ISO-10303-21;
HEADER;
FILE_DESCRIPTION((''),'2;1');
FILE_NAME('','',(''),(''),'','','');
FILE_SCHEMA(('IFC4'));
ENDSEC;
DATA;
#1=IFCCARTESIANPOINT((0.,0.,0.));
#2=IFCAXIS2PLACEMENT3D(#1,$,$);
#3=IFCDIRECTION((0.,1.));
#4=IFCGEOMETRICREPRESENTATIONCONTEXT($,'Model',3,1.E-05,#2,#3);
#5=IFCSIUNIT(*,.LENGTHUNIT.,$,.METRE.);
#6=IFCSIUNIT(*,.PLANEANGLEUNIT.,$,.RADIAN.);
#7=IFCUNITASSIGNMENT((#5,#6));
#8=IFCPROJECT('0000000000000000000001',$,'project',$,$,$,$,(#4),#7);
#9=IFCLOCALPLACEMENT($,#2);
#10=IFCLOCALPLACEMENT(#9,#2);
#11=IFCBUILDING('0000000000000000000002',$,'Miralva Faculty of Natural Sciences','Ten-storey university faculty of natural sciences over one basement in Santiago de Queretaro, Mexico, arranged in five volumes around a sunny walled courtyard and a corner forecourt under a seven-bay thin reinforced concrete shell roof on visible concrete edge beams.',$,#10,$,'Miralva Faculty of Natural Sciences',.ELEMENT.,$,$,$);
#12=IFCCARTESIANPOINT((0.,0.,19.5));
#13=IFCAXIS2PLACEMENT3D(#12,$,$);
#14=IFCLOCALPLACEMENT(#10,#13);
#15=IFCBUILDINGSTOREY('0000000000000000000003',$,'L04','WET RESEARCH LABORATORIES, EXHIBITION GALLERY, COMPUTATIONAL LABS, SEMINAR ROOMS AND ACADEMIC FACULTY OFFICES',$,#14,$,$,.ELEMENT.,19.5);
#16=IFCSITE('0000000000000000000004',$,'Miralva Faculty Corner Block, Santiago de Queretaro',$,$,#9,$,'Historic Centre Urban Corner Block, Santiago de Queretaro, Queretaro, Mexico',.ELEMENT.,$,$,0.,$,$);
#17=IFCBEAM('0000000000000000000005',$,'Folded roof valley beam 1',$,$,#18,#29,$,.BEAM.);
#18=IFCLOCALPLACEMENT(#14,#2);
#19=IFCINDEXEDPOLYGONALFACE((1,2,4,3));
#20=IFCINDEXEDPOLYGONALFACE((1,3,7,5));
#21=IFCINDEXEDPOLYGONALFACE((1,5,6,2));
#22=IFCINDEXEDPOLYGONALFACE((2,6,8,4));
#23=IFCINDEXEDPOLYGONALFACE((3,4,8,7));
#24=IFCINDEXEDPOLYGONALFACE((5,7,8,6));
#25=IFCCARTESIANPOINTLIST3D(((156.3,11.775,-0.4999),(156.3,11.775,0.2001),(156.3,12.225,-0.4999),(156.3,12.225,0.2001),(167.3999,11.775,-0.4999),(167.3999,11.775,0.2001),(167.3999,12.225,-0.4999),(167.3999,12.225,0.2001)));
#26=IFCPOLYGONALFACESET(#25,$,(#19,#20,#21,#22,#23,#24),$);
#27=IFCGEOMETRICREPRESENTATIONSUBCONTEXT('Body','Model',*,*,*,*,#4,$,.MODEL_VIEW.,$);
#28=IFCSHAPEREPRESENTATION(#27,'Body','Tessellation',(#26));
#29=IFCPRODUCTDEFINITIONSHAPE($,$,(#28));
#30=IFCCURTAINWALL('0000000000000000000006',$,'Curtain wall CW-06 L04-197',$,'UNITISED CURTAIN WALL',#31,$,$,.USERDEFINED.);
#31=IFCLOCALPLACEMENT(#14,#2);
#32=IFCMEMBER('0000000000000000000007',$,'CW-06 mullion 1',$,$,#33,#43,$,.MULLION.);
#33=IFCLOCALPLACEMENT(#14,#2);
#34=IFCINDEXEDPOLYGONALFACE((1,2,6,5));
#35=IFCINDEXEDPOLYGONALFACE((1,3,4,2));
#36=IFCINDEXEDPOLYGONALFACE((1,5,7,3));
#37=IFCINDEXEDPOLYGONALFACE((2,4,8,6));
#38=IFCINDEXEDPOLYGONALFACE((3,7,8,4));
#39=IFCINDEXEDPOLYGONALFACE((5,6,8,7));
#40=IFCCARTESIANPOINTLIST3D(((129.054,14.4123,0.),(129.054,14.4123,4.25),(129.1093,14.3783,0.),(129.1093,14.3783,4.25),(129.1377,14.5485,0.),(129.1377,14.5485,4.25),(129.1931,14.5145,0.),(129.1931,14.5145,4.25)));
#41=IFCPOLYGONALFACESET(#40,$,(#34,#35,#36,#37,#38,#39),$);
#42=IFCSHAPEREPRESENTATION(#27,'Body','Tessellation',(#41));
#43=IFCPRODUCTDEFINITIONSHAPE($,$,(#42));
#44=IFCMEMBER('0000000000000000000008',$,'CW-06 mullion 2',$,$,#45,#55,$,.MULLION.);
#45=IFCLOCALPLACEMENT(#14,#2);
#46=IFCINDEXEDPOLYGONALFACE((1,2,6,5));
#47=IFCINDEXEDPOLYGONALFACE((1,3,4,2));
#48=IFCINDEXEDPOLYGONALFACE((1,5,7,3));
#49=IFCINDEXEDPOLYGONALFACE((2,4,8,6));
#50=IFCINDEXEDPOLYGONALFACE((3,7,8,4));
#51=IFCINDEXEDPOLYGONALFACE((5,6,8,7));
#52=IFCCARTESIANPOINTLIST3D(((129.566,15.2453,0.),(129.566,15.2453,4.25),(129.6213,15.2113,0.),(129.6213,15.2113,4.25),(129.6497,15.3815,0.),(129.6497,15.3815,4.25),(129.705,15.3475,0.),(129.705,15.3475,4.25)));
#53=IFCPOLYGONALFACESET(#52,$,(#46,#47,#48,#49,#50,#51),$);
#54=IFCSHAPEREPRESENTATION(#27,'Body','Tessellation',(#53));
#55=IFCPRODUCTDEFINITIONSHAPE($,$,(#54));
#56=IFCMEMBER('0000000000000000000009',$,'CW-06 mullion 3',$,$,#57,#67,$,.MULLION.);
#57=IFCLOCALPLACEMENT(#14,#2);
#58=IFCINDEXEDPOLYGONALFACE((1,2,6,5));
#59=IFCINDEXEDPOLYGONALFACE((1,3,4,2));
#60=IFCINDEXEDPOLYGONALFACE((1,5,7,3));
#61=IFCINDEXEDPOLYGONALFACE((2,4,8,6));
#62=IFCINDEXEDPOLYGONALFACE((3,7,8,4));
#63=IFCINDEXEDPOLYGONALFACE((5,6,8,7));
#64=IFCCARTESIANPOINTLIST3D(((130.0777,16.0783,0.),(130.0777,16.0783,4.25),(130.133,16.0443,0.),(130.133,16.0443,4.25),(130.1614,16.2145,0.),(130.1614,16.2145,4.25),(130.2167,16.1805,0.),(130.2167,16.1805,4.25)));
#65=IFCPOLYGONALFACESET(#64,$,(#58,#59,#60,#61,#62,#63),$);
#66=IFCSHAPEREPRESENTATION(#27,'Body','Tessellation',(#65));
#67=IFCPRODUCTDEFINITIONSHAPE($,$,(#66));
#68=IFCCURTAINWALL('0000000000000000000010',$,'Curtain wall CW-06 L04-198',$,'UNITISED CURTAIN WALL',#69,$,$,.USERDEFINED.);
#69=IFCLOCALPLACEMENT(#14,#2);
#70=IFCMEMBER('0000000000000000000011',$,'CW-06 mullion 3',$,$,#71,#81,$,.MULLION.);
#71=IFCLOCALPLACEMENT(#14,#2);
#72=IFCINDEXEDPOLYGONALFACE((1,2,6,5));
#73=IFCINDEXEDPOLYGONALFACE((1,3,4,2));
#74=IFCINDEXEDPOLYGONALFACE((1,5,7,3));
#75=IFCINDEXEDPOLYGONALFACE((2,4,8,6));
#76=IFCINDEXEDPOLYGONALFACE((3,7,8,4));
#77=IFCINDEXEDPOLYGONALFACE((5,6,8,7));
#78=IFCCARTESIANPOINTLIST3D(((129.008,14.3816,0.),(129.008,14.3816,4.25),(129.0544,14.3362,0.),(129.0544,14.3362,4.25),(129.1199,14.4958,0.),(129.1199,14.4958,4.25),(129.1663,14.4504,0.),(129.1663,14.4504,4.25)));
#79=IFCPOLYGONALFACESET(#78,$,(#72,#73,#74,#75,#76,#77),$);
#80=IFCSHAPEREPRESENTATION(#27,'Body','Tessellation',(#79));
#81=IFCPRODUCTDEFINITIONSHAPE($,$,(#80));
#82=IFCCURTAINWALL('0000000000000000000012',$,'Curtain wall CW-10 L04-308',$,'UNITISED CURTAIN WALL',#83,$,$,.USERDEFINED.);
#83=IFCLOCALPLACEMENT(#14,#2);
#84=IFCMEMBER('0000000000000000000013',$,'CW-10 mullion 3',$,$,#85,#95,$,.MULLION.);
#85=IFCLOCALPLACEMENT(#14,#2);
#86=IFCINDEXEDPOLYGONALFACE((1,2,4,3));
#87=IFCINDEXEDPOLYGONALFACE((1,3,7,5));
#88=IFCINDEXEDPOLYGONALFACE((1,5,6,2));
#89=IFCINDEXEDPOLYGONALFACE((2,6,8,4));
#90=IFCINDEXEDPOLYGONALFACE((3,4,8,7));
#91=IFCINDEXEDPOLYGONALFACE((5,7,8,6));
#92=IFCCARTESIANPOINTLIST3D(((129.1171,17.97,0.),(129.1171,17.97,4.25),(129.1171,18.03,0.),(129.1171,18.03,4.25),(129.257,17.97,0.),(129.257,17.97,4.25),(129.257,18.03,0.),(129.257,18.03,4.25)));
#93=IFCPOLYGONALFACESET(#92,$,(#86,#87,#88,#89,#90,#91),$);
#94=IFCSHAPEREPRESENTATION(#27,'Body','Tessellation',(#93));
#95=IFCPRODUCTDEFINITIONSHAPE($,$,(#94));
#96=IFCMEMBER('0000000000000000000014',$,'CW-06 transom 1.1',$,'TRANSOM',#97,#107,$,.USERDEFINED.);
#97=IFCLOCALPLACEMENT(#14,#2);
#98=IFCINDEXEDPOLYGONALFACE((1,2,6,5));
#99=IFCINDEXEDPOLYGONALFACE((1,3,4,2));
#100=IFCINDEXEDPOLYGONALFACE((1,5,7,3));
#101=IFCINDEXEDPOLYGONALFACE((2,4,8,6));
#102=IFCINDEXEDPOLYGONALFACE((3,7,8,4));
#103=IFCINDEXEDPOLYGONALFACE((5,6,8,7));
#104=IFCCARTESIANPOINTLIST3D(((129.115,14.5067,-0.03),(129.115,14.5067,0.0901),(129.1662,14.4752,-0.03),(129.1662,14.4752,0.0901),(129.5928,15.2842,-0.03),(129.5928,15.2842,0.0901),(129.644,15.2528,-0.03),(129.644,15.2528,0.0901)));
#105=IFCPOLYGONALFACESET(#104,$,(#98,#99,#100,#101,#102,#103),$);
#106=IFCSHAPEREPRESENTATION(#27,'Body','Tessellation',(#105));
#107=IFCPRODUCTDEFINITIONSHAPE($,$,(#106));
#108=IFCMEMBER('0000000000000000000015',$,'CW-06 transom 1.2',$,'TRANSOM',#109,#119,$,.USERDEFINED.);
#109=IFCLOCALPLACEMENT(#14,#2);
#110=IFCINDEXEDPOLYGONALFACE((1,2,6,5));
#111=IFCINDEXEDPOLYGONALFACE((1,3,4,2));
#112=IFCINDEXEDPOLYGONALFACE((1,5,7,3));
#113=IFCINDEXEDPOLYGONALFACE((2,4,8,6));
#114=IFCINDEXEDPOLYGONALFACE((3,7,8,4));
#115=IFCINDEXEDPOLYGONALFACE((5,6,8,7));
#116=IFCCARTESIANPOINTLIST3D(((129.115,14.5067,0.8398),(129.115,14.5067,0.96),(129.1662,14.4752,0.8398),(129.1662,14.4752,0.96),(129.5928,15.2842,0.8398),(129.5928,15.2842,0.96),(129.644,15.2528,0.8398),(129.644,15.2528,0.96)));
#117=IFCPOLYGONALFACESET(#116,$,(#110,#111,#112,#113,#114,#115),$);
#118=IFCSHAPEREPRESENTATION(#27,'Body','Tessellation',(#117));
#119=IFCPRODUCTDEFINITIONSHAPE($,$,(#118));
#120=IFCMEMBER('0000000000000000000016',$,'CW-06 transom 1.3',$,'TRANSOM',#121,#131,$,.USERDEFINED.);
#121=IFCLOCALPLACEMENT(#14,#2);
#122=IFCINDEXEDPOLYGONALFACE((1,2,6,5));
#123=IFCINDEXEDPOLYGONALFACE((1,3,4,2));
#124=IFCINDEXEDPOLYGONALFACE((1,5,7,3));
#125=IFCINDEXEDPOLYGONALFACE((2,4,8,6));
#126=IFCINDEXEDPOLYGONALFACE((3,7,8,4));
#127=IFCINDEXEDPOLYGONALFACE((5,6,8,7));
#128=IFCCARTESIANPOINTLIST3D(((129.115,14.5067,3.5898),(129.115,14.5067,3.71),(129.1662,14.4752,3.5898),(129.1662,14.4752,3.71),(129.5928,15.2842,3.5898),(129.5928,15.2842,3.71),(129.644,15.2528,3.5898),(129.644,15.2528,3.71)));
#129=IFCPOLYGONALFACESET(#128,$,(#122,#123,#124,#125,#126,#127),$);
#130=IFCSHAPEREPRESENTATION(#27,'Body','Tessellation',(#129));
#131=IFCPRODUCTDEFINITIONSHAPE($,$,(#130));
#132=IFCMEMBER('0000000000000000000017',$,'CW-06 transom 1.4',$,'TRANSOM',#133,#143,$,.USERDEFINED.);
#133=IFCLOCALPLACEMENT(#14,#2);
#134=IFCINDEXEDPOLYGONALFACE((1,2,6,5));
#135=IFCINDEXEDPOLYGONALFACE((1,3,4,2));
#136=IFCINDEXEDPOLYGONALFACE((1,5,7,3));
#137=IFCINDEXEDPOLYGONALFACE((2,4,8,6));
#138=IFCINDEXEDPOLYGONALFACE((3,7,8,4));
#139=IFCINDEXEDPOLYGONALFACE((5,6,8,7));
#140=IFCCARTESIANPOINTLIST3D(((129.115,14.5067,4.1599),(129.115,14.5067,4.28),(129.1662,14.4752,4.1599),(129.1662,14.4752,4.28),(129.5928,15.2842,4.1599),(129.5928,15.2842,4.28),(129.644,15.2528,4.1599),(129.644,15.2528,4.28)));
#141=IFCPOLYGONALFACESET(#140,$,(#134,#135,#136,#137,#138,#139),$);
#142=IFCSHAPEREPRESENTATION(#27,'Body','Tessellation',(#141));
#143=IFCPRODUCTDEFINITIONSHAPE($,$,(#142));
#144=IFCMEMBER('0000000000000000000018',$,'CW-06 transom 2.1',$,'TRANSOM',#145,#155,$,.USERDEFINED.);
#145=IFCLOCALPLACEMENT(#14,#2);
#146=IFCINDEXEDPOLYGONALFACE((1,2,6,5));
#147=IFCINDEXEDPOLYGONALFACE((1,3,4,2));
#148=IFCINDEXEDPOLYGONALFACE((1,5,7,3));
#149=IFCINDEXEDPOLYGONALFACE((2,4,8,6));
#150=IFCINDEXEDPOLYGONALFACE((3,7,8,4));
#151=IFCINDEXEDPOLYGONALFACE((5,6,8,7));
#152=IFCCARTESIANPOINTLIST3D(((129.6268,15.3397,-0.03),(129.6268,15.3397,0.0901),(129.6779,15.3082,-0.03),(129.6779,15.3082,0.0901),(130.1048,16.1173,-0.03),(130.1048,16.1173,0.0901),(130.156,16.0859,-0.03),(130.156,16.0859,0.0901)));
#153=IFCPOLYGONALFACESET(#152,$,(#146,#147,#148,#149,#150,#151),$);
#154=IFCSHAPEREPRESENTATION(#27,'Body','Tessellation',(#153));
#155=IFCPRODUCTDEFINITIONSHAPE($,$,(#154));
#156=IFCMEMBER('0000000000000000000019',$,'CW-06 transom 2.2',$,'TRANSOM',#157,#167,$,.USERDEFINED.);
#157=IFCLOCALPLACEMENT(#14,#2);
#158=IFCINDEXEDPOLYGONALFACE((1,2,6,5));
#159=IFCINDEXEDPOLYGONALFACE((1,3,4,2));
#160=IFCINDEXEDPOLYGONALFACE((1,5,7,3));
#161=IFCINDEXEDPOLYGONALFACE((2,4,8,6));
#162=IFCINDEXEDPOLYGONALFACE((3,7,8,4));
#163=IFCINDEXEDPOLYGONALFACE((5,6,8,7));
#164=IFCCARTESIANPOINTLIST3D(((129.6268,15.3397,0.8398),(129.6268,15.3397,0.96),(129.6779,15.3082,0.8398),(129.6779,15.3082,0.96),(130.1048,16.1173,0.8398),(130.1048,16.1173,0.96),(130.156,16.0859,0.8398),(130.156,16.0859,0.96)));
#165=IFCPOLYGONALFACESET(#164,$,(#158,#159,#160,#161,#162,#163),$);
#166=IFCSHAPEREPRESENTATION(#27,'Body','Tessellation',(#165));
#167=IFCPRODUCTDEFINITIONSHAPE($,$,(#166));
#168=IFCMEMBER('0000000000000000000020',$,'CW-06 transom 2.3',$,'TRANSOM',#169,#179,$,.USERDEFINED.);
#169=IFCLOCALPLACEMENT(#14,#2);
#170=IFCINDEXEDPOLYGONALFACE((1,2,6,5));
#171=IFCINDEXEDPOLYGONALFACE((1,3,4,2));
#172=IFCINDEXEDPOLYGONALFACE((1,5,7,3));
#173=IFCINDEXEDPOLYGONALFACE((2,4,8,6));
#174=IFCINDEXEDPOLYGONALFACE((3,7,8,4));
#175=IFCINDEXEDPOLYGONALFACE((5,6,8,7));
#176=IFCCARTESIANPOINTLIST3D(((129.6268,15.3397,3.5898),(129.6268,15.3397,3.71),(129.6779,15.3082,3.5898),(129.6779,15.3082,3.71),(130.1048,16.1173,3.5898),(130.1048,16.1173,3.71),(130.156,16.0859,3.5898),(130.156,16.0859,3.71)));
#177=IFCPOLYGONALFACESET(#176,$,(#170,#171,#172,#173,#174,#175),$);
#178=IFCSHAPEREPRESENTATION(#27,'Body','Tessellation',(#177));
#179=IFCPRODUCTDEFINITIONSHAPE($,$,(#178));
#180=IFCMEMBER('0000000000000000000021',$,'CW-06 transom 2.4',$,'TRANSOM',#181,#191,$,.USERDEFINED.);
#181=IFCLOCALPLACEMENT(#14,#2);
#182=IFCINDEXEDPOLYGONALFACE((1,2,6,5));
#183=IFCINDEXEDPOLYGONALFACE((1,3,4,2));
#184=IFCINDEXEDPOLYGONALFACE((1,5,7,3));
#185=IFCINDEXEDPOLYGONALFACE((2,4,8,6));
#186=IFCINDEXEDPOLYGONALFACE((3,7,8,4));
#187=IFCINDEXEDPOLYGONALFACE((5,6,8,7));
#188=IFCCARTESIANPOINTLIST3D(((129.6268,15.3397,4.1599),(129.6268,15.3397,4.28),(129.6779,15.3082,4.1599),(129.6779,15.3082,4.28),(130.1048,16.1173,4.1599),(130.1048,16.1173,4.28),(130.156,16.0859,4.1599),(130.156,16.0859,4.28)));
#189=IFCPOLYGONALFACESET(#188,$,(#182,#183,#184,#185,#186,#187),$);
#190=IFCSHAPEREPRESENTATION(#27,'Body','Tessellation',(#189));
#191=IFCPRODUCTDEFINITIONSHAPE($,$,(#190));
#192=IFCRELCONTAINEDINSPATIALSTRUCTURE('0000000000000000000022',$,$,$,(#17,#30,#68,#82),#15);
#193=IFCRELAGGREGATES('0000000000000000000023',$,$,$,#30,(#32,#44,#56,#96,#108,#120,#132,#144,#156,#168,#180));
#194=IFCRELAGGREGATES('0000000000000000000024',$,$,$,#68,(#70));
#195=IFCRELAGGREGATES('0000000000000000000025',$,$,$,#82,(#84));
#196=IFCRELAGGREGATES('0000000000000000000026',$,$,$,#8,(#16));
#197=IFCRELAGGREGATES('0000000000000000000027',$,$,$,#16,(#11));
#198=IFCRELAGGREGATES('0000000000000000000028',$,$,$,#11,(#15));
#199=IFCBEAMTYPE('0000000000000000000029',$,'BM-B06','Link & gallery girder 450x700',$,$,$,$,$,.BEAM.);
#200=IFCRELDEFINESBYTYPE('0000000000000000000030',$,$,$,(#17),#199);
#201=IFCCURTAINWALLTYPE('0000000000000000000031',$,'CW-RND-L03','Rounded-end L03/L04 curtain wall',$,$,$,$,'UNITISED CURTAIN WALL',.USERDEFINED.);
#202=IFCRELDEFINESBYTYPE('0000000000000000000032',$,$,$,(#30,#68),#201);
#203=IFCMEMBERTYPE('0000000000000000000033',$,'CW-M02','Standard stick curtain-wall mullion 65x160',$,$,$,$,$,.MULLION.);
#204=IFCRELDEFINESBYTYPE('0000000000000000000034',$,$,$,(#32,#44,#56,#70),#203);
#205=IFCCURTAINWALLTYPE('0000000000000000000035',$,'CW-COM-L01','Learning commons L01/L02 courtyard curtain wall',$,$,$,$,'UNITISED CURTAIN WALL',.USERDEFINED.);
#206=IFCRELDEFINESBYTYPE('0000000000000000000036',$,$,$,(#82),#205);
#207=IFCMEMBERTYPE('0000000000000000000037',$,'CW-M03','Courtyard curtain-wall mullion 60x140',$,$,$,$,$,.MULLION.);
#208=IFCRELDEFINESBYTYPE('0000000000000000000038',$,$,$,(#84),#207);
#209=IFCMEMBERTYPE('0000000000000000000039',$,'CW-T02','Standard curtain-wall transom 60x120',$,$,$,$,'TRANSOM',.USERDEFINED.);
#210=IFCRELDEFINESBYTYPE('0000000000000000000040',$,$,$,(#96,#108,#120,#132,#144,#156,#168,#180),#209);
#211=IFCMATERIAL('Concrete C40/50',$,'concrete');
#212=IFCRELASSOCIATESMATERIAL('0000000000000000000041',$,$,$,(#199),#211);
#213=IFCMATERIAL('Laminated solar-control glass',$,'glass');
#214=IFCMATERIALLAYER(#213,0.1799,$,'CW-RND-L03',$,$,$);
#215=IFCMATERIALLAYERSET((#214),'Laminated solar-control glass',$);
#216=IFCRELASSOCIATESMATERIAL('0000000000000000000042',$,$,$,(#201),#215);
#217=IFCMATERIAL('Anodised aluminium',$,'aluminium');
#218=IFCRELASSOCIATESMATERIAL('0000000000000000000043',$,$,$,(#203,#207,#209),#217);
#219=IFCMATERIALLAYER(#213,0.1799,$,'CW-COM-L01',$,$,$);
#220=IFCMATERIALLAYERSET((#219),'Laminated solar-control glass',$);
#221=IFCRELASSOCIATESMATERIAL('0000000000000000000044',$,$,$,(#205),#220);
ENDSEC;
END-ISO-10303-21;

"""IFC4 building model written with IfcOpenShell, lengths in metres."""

from ifc_helpers import new_model, si_unit, direction, frame, origin, origin_2d, place, context, subcontext, project, spatial, rectangle, extrude, material, layer, layer_set, material_profile, profile_set, type_object, element, aggregate, save


model = new_model("IFC4")

# Units and contexts
model_context = context("Model", 3, precision=1e-05, world=origin(), true_north=direction((0.0, 1.0)))
body_context = subcontext(model_context, "Body", "Model", "MODEL_VIEW")
ifc_project = project(units=[si_unit("LENGTHUNIT", "METRE"), si_unit("PLANEANGLEUNIT", "RADIAN")], contexts=[model_context])

# Site, building, storey
site_placement = place(None, origin())
site = spatial("IfcSite", under=ifc_project, at=site_placement, Name="Miralva Faculty Corner Block, Santiago de Queretaro", LongName="Historic Centre Urban Corner Block, Santiago de Queretaro, Queretaro, Mexico", CompositionType="ELEMENT", RefElevation=0.0)
building_placement = place(site_placement, origin())
building = spatial("IfcBuilding", under=site, at=building_placement, Name="Miralva Faculty of Natural Sciences", Description="Ten-storey university faculty of natural sciences over one basement in Santiago de Queretaro, Mexico, arranged in five volumes around a sunny walled courtyard and a corner forecourt under a seven-bay thin reinforced concrete shell roof on visible concrete edge beams.", LongName="Miralva Faculty of Natural Sciences", CompositionType="ELEMENT")
storey_placement = place(building_placement, frame((0.0, 0.0, 19.5)))
storey = spatial("IfcBuildingStorey", under=building, at=storey_placement, Name="L04", Description="WET RESEARCH LABORATORIES, EXHIBITION GALLERY, COMPUTATIONAL LABS, SEMINAR ROOMS AND ACADEMIC FACULTY OFFICES", CompositionType="ELEMENT", Elevation=19.5)

# Beam
ifc_material_1 = material(Name="Concrete C40/50", Category="concrete")
ifc_material_profile_1 = material_profile(ifc_material_1, rectangle(XDim=0.45, YDim=0.7, at=origin_2d()), Name="RC 450x700")
ifc_profile_set_1 = profile_set([ifc_material_profile_1], Name="Concrete C40/50")
beam_type = type_object("IfcBeamType", Name="BM-B06", Description="Link & gallery girder 450x700", PredefinedType="BEAM", material=ifc_profile_set_1)
beam_placement = place(storey_placement, frame((156.3, 12.0, -0.1499), z_axis=(1.0, 0.0, 0.0), x_axis=(0.0, 1.0, 0.0)))
element("IfcBeam", 1, at=beam_placement, inside=storey, type_object=beam_type, Name="Folded roof valley beam 1", PredefinedType="BEAM", context=body_context, shape_type="SweptSolid", body=[
    extrude(rectangle(XDim=0.45, YDim=0.7, at=origin_2d()), origin(), (0.0, 0.0, 1.0), 11.0999),
])

# Curtain wall, members
ifc_material_2 = material(Name="Laminated solar-control glass", Category="glass")
ifc_layer_1 = layer(ifc_material_2, 0.1799, Name="CW-RND-L03")
ifc_layer_set_1 = layer_set([ifc_layer_1], Name="Laminated solar-control glass")
curtain_wall_type_1 = type_object("IfcCurtainWallType", Name="CW-RND-L03", Description="Rounded-end L03/L04 curtain wall", ElementType="UNITISED CURTAIN WALL", PredefinedType="USERDEFINED", material=ifc_layer_set_1)
curtain_wall_1_placement = place(storey_placement, origin())
curtain_wall_1 = element("IfcCurtainWall", 2, at=curtain_wall_1_placement, inside=storey, type_object=curtain_wall_type_1, Name="Curtain wall CW-06 L04-197", ObjectType="UNITISED CURTAIN WALL", PredefinedType="USERDEFINED")
ifc_material_3 = material(Name="Anodised aluminium", Category="aluminium")
ifc_material_profile_2 = material_profile(ifc_material_3, rectangle(XDim=0.0649, YDim=0.1599, at=origin_2d()), Name="MULLION 65x160")
ifc_profile_set_2 = profile_set([ifc_material_profile_2], Name="Anodised aluminium")
member_type_1 = type_object("IfcMemberType", Name="CW-M02", Description="Standard stick curtain-wall mullion 65x160", PredefinedType="MULLION", material=ifc_profile_set_2)
member_1_placement = place(storey_placement, frame((129.1235, 14.4634, 0.0), z_axis=(0.0, 0.0, 1.0), x_axis=(-0.851995, 0.523551, 0.0)))
member_1 = element("IfcMember", 3, at=member_1_placement, type_object=member_type_1, Name="CW-06 mullion 1", PredefinedType="MULLION", context=body_context, shape_type="SweptSolid", body=[
    extrude(rectangle(XDim=0.0649, YDim=0.1599, at=origin_2d()), origin(), (0.0, 0.0, 1.0), 4.25),
])
member_2_placement = place(storey_placement, frame((129.6355, 15.2964, 0.0), z_axis=(0.0, 0.0, 1.0), x_axis=(-0.851995, 0.523551, 0.0)))
member_2 = element("IfcMember", 4, at=member_2_placement, type_object=member_type_1, Name="CW-06 mullion 2", PredefinedType="MULLION", context=body_context, shape_type="SweptSolid", body=[
    extrude(rectangle(XDim=0.0649, YDim=0.1599, at=origin_2d()), origin(), (0.0, 0.0, 1.0), 4.25),
])
member_3_placement = place(storey_placement, frame((130.1472, 16.1294, 0.0), z_axis=(0.0, 0.0, 1.0), x_axis=(-0.851995, 0.523551, 0.0)))
member_3 = element("IfcMember", 5, at=member_3_placement, type_object=member_type_1, Name="CW-06 mullion 3", PredefinedType="MULLION", context=body_context, shape_type="SweptSolid", body=[
    extrude(rectangle(XDim=0.0649, YDim=0.1599, at=origin_2d()), origin(), (0.0, 0.0, 1.0), 4.25),
])

# Curtain walls, members
curtain_wall_2_placement = place(storey_placement, origin())
curtain_wall_2 = element("IfcCurtainWall", 6, at=curtain_wall_2_placement, inside=storey, type_object=curtain_wall_type_1, Name="Curtain wall CW-06 L04-198", ObjectType="UNITISED CURTAIN WALL", PredefinedType="USERDEFINED")
member_4_placement = place(storey_placement, frame((129.0872, 14.416, 0.0), z_axis=(0.0, 0.0, 1.0), x_axis=(-0.714125, 0.700018, 0.0)))
member_4 = element("IfcMember", 7, at=member_4_placement, type_object=member_type_1, Name="CW-06 mullion 3", PredefinedType="MULLION", context=body_context, shape_type="SweptSolid", body=[
    extrude(rectangle(XDim=0.0649, YDim=0.1599, at=origin_2d()), origin(), (0.0, 0.0, 1.0), 4.25),
])
ifc_layer_2 = layer(ifc_material_2, 0.1799, Name="CW-COM-L01")
ifc_layer_set_2 = layer_set([ifc_layer_2], Name="Laminated solar-control glass")
curtain_wall_type_2 = type_object("IfcCurtainWallType", Name="CW-COM-L01", Description="Learning commons L01/L02 courtyard curtain wall", ElementType="UNITISED CURTAIN WALL", PredefinedType="USERDEFINED", material=ifc_layer_set_2)
curtain_wall_3_placement = place(storey_placement, origin())
curtain_wall_3 = element("IfcCurtainWall", 8, at=curtain_wall_3_placement, inside=storey, type_object=curtain_wall_type_2, Name="Curtain wall CW-10 L04-308", ObjectType="UNITISED CURTAIN WALL", PredefinedType="USERDEFINED")
ifc_material_profile_3 = material_profile(ifc_material_3, rectangle(XDim=0.0601, YDim=0.1399, at=origin_2d()), Name="MULLION 60x140")
ifc_profile_set_3 = profile_set([ifc_material_profile_3], Name="Anodised aluminium")
member_type_2 = type_object("IfcMemberType", Name="CW-M03", Description="Courtyard curtain-wall mullion 60x140", PredefinedType="MULLION", material=ifc_profile_set_3)
member_5_placement = place(storey_placement, frame((129.187, 18.0, 0.0), z_axis=(0.0, 0.0, 1.0), x_axis=(0.0, 1.0, 0.0)))
member_5 = element("IfcMember", 9, at=member_5_placement, type_object=member_type_2, Name="CW-10 mullion 3", PredefinedType="MULLION", context=body_context, shape_type="SweptSolid", body=[
    extrude(rectangle(XDim=0.0601, YDim=0.1399, at=origin_2d()), origin(), (0.0, 0.0, 1.0), 4.25),
])

# Members
ifc_material_profile_4 = material_profile(ifc_material_3, rectangle(XDim=0.0601, YDim=0.1201, at=origin_2d()), Name="TRANSOM 60x120")
ifc_profile_set_4 = profile_set([ifc_material_profile_4], Name="Anodised aluminium")
member_type_3 = type_object("IfcMemberType", Name="CW-T02", Description="Standard curtain-wall transom 60x120", ElementType="TRANSOM", PredefinedType="USERDEFINED", material=ifc_profile_set_4)
member_6_placement = place(storey_placement, frame((129.1406, 14.491, 0.03), z_axis=(0.523515, 0.852016, 0.0), x_axis=(-0.852016, 0.523515, 0.0)))
member_6 = element("IfcMember", 10, at=member_6_placement, type_object=member_type_3, Name="CW-06 transom 1.1", ObjectType="TRANSOM", PredefinedType="USERDEFINED", context=body_context, shape_type="SweptSolid", body=[
    extrude(rectangle(XDim=0.0601, YDim=0.1201, at=origin_2d()), origin(), (0.0, 0.0, 1.0), 0.9126),
])
member_7_placement = place(storey_placement, frame((129.1406, 14.491, 0.8999), z_axis=(0.523515, 0.852016, 0.0), x_axis=(-0.852016, 0.523515, 0.0)))
member_7 = element("IfcMember", 11, at=member_7_placement, type_object=member_type_3, Name="CW-06 transom 1.2", ObjectType="TRANSOM", PredefinedType="USERDEFINED", context=body_context, shape_type="SweptSolid", body=[
    extrude(rectangle(XDim=0.0601, YDim=0.1201, at=origin_2d()), origin(), (0.0, 0.0, 1.0), 0.9126),
])
member_8_placement = place(storey_placement, frame((129.1406, 14.491, 3.6499), z_axis=(0.523515, 0.852016, 0.0), x_axis=(-0.852016, 0.523515, 0.0)))
member_8 = element("IfcMember", 12, at=member_8_placement, type_object=member_type_3, Name="CW-06 transom 1.3", ObjectType="TRANSOM", PredefinedType="USERDEFINED", context=body_context, shape_type="SweptSolid", body=[
    extrude(rectangle(XDim=0.0601, YDim=0.1201, at=origin_2d()), origin(), (0.0, 0.0, 1.0), 0.9126),
])
member_9_placement = place(storey_placement, frame((129.1406, 14.491, 4.22), z_axis=(0.523515, 0.852016, 0.0), x_axis=(-0.852016, 0.523515, 0.0)))
member_9 = element("IfcMember", 13, at=member_9_placement, type_object=member_type_3, Name="CW-06 transom 1.4", ObjectType="TRANSOM", PredefinedType="USERDEFINED", context=body_context, shape_type="SweptSolid", body=[
    extrude(rectangle(XDim=0.0601, YDim=0.1201, at=origin_2d()), origin(), (0.0, 0.0, 1.0), 0.9126),
])
member_10_placement = place(storey_placement, frame((129.6523, 15.324, 0.03), z_axis=(0.523709, 0.851897, 0.0), x_axis=(-0.851897, 0.523709, 0.0)))
member_10 = element("IfcMember", 14, at=member_10_placement, type_object=member_type_3, Name="CW-06 transom 2.1", ObjectType="TRANSOM", PredefinedType="USERDEFINED", context=body_context, shape_type="SweptSolid", body=[
    extrude(rectangle(XDim=0.0601, YDim=0.1201, at=origin_2d()), origin(), (0.0, 0.0, 1.0), 0.9128),
])
member_11_placement = place(storey_placement, frame((129.6523, 15.324, 0.8999), z_axis=(0.523709, 0.851897, 0.0), x_axis=(-0.851897, 0.523709, 0.0)))
member_11 = element("IfcMember", 15, at=member_11_placement, type_object=member_type_3, Name="CW-06 transom 2.2", ObjectType="TRANSOM", PredefinedType="USERDEFINED", context=body_context, shape_type="SweptSolid", body=[
    extrude(rectangle(XDim=0.0601, YDim=0.1201, at=origin_2d()), origin(), (0.0, 0.0, 1.0), 0.9128),
])
member_12_placement = place(storey_placement, frame((129.6523, 15.324, 3.6499), z_axis=(0.523709, 0.851897, 0.0), x_axis=(-0.851897, 0.523709, 0.0)))
member_12 = element("IfcMember", 16, at=member_12_placement, type_object=member_type_3, Name="CW-06 transom 2.3", ObjectType="TRANSOM", PredefinedType="USERDEFINED", context=body_context, shape_type="SweptSolid", body=[
    extrude(rectangle(XDim=0.0601, YDim=0.1201, at=origin_2d()), origin(), (0.0, 0.0, 1.0), 0.9128),
])
member_13_placement = place(storey_placement, frame((129.6523, 15.324, 4.22), z_axis=(0.523709, 0.851897, 0.0), x_axis=(-0.851897, 0.523709, 0.0)))
member_13 = element("IfcMember", 17, at=member_13_placement, type_object=member_type_3, Name="CW-06 transom 2.4", ObjectType="TRANSOM", PredefinedType="USERDEFINED", context=body_context, shape_type="SweptSolid", body=[
    extrude(rectangle(XDim=0.0601, YDim=0.1201, at=origin_2d()), origin(), (0.0, 0.0, 1.0), 0.9128),
])

aggregate(curtain_wall_1, [member_1, member_2, member_3, member_6, member_7, member_8, member_9, member_10, member_11, member_12, member_13])
aggregate(curtain_wall_2, [member_4])
aggregate(curtain_wall_3, [member_5])

save(model, "model.ifc")
